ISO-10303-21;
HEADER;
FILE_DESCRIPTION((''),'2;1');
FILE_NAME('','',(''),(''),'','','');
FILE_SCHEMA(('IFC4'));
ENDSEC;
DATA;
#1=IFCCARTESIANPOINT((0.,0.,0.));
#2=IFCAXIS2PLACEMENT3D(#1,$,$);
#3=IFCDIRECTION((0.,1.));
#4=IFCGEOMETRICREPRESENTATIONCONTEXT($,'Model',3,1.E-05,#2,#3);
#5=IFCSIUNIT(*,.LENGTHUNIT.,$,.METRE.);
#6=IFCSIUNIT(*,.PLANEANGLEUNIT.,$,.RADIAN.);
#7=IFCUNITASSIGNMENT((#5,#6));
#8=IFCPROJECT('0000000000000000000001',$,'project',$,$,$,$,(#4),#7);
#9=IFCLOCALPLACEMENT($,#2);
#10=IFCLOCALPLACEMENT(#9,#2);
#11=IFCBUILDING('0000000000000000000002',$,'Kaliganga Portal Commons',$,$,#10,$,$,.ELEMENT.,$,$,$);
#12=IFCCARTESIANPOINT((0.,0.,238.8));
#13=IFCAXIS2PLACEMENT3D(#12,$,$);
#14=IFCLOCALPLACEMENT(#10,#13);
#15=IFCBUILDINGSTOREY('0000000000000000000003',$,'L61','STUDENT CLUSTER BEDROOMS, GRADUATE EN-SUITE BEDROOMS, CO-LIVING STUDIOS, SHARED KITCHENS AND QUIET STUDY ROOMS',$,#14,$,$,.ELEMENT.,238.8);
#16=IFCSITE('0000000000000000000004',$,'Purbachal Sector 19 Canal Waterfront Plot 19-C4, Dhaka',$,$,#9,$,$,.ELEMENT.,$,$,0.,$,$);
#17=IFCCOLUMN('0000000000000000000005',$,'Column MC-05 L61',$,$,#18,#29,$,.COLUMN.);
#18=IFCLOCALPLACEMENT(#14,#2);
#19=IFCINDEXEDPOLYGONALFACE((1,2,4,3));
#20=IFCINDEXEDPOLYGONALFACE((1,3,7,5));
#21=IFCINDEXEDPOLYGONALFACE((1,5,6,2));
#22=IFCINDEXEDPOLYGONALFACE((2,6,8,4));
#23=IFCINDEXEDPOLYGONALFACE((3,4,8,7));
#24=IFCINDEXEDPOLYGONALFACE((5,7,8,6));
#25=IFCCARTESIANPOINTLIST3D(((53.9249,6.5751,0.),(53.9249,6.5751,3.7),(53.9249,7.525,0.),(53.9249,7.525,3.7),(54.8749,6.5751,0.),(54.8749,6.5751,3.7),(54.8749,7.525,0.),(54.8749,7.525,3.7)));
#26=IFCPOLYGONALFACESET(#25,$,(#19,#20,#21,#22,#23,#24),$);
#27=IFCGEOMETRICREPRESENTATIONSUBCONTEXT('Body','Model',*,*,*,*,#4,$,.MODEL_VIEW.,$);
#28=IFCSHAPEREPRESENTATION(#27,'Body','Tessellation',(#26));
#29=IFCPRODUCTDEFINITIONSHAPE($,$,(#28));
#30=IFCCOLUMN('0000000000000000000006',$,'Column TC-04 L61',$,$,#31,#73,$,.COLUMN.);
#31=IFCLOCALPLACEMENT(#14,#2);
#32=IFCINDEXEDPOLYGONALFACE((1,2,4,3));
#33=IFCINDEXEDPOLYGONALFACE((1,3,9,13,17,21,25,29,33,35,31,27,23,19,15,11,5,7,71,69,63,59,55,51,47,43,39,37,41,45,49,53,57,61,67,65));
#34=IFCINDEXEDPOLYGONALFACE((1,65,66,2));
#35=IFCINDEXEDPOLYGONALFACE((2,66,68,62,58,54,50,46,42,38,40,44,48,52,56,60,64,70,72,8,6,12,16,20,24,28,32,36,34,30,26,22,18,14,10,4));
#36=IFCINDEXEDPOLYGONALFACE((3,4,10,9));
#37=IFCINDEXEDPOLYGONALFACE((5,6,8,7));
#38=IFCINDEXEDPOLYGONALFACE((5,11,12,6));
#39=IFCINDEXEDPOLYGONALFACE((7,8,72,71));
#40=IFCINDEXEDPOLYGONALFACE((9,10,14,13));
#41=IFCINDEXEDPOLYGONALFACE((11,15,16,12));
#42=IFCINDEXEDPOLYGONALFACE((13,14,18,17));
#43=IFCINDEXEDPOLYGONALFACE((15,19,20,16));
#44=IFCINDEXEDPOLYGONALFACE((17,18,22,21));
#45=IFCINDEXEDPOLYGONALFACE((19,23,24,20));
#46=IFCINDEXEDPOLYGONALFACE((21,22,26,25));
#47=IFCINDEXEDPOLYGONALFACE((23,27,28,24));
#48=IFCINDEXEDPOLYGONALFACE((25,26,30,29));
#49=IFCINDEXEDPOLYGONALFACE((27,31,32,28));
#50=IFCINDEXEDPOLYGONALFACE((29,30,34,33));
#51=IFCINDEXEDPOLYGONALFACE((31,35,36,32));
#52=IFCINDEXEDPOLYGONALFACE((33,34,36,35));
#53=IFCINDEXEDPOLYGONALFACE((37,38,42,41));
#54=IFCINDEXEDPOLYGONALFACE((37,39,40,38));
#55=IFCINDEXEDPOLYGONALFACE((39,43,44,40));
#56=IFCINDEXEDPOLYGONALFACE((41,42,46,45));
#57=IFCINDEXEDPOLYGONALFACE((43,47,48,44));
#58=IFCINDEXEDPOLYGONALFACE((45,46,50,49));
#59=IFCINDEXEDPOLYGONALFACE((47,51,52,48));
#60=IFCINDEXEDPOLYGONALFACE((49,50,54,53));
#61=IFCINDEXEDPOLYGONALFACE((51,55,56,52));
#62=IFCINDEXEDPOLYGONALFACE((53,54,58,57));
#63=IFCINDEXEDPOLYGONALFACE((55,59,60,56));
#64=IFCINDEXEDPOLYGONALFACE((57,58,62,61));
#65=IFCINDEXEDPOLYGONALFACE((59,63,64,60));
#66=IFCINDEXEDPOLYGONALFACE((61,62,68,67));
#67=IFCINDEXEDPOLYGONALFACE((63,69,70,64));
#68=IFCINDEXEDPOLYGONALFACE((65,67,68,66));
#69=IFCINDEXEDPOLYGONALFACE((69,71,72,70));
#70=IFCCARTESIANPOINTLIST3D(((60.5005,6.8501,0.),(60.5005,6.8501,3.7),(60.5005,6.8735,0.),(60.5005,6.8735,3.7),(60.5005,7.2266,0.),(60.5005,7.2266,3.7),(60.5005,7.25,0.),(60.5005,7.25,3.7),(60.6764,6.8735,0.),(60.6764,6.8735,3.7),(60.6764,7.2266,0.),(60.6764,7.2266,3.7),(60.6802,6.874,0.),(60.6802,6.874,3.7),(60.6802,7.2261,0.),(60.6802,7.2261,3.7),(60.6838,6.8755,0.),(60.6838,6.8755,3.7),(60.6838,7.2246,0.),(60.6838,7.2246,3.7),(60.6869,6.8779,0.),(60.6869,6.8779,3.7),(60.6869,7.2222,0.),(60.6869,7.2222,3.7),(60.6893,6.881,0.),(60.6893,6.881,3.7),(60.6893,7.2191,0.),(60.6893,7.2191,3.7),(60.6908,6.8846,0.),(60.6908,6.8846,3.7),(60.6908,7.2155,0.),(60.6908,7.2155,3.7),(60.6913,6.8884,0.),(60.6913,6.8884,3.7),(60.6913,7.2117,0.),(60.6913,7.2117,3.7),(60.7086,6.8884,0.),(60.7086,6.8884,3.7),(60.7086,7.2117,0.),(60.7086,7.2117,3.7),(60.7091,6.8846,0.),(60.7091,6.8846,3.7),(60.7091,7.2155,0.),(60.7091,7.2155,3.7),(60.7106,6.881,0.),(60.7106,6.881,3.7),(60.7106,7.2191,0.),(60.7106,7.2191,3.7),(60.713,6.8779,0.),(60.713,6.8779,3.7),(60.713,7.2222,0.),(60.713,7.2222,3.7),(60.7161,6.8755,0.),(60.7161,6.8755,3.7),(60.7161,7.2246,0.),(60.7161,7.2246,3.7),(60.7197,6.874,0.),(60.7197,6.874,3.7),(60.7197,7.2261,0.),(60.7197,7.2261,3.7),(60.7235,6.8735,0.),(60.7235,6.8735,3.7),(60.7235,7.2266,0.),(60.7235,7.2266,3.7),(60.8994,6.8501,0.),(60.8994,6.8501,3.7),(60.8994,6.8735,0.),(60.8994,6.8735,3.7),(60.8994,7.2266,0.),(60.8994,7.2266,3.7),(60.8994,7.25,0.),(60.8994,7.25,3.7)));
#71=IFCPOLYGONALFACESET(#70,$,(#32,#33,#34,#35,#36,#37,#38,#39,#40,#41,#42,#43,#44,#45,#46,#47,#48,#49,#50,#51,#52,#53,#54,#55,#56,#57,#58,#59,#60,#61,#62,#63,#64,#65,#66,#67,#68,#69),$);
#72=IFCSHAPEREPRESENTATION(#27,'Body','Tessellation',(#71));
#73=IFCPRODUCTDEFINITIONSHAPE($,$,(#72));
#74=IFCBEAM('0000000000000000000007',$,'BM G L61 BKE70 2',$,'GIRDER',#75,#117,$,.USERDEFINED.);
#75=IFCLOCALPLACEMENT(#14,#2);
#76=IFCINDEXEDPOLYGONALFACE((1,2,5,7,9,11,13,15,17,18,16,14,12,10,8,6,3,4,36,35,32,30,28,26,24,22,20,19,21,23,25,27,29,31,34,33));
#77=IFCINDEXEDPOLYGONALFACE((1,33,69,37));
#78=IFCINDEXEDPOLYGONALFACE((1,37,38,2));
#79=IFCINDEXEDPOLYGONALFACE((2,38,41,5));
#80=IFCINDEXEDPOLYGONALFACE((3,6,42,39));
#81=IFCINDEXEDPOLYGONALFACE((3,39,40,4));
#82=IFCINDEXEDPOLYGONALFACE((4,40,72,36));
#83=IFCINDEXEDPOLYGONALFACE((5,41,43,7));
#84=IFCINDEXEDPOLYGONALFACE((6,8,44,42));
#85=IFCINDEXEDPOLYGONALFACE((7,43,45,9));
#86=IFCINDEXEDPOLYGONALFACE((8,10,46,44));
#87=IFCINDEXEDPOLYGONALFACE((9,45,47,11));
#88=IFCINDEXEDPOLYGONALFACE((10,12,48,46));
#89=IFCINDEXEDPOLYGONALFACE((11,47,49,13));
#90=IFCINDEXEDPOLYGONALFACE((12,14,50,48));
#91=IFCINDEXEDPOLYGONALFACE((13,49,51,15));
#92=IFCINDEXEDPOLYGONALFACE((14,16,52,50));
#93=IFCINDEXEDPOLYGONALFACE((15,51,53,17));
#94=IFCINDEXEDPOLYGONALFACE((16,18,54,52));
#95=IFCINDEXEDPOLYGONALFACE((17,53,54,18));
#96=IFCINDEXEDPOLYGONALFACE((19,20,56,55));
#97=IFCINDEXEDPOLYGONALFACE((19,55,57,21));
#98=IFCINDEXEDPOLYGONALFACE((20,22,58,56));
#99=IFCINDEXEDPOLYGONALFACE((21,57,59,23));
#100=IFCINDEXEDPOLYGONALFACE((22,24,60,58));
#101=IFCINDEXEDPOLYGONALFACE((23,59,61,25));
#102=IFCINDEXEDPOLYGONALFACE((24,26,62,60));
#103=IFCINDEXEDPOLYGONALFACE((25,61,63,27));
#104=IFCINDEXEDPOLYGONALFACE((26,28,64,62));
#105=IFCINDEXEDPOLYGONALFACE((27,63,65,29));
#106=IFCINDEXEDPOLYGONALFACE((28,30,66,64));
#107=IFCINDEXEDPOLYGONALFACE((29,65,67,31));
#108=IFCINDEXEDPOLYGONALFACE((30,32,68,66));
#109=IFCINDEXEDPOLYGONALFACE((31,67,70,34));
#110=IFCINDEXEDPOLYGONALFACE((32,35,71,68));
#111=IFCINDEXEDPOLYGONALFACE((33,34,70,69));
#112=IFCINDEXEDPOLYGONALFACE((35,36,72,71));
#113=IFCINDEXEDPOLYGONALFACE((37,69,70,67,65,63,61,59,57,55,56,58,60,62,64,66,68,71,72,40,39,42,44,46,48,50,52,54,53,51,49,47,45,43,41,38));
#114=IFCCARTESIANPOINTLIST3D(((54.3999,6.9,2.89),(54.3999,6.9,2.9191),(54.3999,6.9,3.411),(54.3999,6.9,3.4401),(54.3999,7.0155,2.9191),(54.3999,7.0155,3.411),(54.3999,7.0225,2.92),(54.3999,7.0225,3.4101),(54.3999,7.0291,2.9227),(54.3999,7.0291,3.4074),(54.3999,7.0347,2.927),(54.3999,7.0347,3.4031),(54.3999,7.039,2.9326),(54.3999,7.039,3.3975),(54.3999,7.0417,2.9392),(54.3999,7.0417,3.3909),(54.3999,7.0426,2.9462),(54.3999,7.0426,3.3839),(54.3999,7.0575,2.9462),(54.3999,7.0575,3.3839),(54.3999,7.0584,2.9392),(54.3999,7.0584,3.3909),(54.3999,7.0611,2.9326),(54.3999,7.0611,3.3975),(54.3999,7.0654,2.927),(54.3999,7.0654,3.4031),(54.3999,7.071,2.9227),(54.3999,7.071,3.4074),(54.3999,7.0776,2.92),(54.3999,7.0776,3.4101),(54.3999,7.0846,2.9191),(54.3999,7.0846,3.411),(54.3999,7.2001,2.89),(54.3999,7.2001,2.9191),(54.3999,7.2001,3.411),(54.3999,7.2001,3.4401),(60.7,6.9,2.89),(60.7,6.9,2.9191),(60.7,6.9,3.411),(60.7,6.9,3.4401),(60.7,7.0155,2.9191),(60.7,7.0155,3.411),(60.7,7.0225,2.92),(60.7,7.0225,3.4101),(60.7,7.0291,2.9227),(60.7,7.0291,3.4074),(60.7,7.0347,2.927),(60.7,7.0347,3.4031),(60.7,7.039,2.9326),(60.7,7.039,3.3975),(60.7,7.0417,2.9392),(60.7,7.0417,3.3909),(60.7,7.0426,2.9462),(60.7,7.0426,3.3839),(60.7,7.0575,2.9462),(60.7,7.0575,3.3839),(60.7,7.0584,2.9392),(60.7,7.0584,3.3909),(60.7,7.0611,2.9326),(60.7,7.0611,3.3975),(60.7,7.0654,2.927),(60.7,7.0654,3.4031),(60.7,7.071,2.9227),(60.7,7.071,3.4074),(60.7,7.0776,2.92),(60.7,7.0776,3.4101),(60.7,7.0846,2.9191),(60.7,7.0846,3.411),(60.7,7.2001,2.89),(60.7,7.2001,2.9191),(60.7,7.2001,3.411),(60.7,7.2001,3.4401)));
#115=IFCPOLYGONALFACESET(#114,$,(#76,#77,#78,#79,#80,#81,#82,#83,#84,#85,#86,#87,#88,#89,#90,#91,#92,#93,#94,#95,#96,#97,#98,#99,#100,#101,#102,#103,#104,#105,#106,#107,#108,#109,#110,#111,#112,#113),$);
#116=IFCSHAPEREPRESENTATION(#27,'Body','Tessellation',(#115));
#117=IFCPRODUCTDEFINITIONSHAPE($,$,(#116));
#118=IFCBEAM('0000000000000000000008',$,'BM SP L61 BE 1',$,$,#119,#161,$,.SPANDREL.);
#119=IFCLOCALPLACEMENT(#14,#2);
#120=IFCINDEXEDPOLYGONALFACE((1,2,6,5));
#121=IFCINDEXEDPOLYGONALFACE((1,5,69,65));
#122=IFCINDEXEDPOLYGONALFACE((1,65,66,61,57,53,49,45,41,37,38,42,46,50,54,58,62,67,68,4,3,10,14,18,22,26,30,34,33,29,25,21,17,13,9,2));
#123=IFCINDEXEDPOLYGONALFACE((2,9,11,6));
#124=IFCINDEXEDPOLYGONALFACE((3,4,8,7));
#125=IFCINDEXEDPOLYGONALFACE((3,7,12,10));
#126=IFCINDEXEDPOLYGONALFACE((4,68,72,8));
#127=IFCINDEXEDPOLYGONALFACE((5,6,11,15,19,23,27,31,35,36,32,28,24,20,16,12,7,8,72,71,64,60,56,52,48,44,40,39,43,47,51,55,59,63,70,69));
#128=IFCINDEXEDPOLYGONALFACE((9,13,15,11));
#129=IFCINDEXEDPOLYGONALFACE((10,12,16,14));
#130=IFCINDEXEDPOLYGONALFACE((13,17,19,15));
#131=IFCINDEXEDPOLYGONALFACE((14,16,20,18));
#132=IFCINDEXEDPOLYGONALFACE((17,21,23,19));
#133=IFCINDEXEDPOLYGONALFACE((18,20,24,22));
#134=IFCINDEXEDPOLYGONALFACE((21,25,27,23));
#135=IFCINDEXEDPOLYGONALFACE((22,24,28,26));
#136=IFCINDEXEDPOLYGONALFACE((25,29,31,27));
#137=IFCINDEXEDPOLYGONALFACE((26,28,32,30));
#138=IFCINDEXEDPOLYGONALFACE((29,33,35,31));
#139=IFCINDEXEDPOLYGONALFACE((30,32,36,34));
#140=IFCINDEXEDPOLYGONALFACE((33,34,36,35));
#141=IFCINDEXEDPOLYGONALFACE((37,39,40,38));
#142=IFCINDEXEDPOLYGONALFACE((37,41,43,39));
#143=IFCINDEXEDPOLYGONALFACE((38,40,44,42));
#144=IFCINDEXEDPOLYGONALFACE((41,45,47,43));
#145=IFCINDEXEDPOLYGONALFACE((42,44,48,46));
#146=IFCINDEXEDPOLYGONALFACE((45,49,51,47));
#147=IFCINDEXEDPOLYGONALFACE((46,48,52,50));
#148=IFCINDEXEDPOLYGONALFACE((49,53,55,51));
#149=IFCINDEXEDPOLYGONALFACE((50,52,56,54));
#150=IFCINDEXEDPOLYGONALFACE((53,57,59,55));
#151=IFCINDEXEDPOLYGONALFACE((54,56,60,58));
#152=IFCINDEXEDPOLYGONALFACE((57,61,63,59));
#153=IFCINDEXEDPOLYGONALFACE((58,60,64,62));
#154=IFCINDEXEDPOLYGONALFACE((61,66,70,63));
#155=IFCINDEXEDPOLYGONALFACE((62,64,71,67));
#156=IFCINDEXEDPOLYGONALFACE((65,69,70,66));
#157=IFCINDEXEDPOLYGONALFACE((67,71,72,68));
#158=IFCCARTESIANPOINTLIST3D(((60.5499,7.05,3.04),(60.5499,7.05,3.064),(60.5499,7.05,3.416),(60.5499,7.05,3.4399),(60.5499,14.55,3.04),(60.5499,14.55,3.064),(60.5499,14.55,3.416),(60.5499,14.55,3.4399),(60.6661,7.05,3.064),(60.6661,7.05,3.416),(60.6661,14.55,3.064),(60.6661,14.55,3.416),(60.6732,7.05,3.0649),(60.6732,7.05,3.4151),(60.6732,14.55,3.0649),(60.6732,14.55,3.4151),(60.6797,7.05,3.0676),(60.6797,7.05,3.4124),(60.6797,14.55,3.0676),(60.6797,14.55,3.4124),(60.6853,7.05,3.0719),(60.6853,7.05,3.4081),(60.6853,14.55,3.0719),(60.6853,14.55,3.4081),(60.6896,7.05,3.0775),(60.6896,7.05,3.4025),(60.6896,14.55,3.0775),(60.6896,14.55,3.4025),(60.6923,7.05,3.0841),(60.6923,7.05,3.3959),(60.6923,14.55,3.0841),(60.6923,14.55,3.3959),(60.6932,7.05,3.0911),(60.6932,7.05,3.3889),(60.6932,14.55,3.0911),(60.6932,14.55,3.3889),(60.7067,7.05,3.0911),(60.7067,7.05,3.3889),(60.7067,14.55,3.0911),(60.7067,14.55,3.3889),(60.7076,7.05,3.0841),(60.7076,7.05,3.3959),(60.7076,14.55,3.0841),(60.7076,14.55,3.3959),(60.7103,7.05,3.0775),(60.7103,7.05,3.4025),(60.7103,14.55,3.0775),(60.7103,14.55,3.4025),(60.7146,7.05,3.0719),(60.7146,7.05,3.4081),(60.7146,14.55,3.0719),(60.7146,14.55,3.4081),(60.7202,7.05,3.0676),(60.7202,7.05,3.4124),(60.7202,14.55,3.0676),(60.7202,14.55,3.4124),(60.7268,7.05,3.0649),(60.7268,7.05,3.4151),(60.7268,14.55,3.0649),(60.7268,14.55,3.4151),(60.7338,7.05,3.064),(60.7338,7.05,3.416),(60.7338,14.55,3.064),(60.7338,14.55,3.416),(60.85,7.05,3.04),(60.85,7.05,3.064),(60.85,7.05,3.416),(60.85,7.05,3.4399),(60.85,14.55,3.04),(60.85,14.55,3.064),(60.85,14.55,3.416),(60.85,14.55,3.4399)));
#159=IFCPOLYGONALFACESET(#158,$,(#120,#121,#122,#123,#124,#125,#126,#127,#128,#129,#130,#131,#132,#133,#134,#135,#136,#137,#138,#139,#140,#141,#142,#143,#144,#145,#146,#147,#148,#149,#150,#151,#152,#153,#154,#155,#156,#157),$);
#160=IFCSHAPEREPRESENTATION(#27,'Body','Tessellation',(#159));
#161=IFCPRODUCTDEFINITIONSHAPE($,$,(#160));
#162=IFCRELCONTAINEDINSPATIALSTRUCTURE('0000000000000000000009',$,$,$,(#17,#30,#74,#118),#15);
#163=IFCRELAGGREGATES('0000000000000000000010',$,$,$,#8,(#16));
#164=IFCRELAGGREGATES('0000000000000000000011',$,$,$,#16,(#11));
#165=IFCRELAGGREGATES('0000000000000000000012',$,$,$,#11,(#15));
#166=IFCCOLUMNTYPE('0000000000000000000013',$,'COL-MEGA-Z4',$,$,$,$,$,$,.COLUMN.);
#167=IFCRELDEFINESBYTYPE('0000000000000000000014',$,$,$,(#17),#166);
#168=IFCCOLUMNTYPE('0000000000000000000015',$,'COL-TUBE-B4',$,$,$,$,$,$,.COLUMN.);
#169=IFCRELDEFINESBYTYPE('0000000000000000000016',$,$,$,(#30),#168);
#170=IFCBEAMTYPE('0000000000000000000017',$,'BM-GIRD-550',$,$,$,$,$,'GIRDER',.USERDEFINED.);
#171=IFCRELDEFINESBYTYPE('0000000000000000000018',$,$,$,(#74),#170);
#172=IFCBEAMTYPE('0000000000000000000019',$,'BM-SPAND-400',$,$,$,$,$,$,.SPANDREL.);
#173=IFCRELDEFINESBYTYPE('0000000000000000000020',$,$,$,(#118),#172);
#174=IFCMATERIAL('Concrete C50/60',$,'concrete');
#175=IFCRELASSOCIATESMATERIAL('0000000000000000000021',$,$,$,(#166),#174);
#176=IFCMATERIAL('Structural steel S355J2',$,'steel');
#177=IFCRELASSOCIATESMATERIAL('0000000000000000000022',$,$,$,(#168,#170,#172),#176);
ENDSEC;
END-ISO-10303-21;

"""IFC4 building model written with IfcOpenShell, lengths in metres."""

from ifc_helpers import new_model, si_unit, direction, frame, origin, origin_2d, place, context, subcontext, project, spatial, rectangle, i_section, extrude, source, transform, mapped, material, material_profile, profile_set, type_object, element, save


model = new_model("IFC4")

# Units and contexts
model_context = context("Model", 3, precision=1e-05, world=origin(), true_north=direction((0.0, 1.0)))
body_context = subcontext(model_context, "Body", "Model", "MODEL_VIEW")
ifc_project = project(units=[si_unit("LENGTHUNIT", "METRE"), si_unit("PLANEANGLEUNIT", "RADIAN")], contexts=[model_context])

# Site, building, storey
site_placement = place(None, origin())
site = spatial("IfcSite", under=ifc_project, at=site_placement, Name="Purbachal Sector 19 Canal Waterfront Plot 19-C4, Dhaka", CompositionType="ELEMENT", RefElevation=0.0)
building_placement = place(site_placement, origin())
building = spatial("IfcBuilding", under=site, at=building_placement, Name="Kaliganga Portal Commons", CompositionType="ELEMENT")
storey_placement = place(building_placement, frame((0.0, 0.0, 238.8)))
storey = spatial("IfcBuildingStorey", under=building, at=storey_placement, Name="L61", Description="STUDENT CLUSTER BEDROOMS, GRADUATE EN-SUITE BEDROOMS, CO-LIVING STUDIOS, SHARED KITCHENS AND QUIET STUDY ROOMS", CompositionType="ELEMENT", Elevation=238.8)

# Columns
ifc_material_1 = material(Name="Concrete C50/60", Category="concrete")
ifc_material_profile_1 = material_profile(ifc_material_1, rectangle(XDim=0.95, YDim=0.95, at=origin_2d()), Name="RC 950x950")
ifc_profile_set_1 = profile_set([ifc_material_profile_1], Name="Concrete C50/60")
column_type_1 = type_object("IfcColumnType", Name="COL-MEGA-Z4", PredefinedType="COLUMN", material=ifc_profile_set_1)
shared_shape_1 = source(origin(), body_context, "Body", "SweptSolid", [
    extrude(rectangle(XDim=0.95, YDim=0.95, at=origin_2d()), origin(), (0.0, 0.0, 1.0), 3.7),
])
column_1_placement = place(storey_placement, frame((54.3999, 7.05, 0.0), z_axis=(0.0, 0.0, 1.0), x_axis=(1.0, 0.0, 0.0)))
element("IfcColumn", 1, at=column_1_placement, inside=storey, type_object=column_type_1, Name="Column MC-05 L61", PredefinedType="COLUMN", context=body_context, shape_type="MappedRepresentation", body=[
    mapped(shared_shape_1, transform((0.0, 0.0, 0.0), x_axis=(1.0, 0.0, 0.0), y_axis=(0.0, 1.0, 0.0), z_axis=(0.0, 0.0, 1.0), scale=1.0)),
])
ifc_material_2 = material(Name="Structural steel S355J2", Category="steel")
ifc_material_profile_2 = material_profile(ifc_material_2, i_section(OverallWidth=0.3989, OverallDepth=0.3999, WebThickness=0.0173, FlangeThickness=0.0234, FilletRadius=0.0149, at=origin_2d()), Name="HD 400x287")
ifc_profile_set_2 = profile_set([ifc_material_profile_2], Name="Structural steel S355J2 wide-flange")
column_type_2 = type_object("IfcColumnType", Name="COL-TUBE-B4", PredefinedType="COLUMN", material=ifc_profile_set_2)
shared_shape_2 = source(origin(), body_context, "Body", "SweptSolid", [
    extrude(i_section(OverallWidth=0.3989, OverallDepth=0.3999, WebThickness=0.0173, FlangeThickness=0.0234, FilletRadius=0.0149, at=origin_2d()), origin(), (0.0, 0.0, 1.0), 3.7),
])
column_2_placement = place(storey_placement, frame((60.7, 7.05, 0.0), z_axis=(0.0, 0.0, 1.0), x_axis=(1.0, 0.0, 0.0)))
element("IfcColumn", 2, at=column_2_placement, inside=storey, type_object=column_type_2, Name="Column TC-04 L61", PredefinedType="COLUMN", context=body_context, shape_type="MappedRepresentation", body=[
    mapped(shared_shape_2, transform((0.0, 0.0, 0.0), x_axis=(1.0, 0.0, 0.0), y_axis=(0.0, 1.0, 0.0), z_axis=(0.0, 0.0, 1.0), scale=1.0)),
])

# Beams
ifc_material_profile_3 = material_profile(ifc_material_2, i_section(OverallWidth=0.3, OverallDepth=0.55, WebThickness=0.0149, FlangeThickness=0.0291, FilletRadius=0.0271, at=origin_2d()), Name="HE 550 B")
ifc_profile_set_3 = profile_set([ifc_material_profile_3], Name="Structural steel S355J2 wide-flange")
beam_type_1 = type_object("IfcBeamType", Name="BM-GIRD-550", ElementType="GIRDER", PredefinedType="USERDEFINED", material=ifc_profile_set_3)
shared_shape_3 = source(origin(), body_context, "Body", "SweptSolid", [
    extrude(i_section(OverallWidth=0.3, OverallDepth=0.55, WebThickness=0.0149, FlangeThickness=0.0291, FilletRadius=0.0271, at=origin_2d()), origin(), (0.0, 0.0, 1.0), 6.3),
])
beam_1_placement = place(storey_placement, frame((54.3999, 7.05, 3.165), z_axis=(1.0, 0.0, 0.0), x_axis=(0.0, 1.0, 0.0)))
element("IfcBeam", 3, at=beam_1_placement, inside=storey, type_object=beam_type_1, Name="BM G L61 BKE70 2", ObjectType="GIRDER", PredefinedType="USERDEFINED", context=body_context, shape_type="MappedRepresentation", body=[
    mapped(shared_shape_3, transform((0.0, 0.0, 0.0), x_axis=(1.0, 0.0, 0.0), y_axis=(0.0, 1.0, 0.0), z_axis=(0.0, 0.0, 1.0), scale=1.0)),
])
ifc_material_profile_4 = material_profile(ifc_material_2, i_section(OverallWidth=0.3, OverallDepth=0.3999, WebThickness=0.0134, FlangeThickness=0.0239, FilletRadius=0.0271, at=origin_2d()), Name="HE 400 B")
ifc_profile_set_4 = profile_set([ifc_material_profile_4], Name="Structural steel S355J2 wide-flange")
beam_type_2 = type_object("IfcBeamType", Name="BM-SPAND-400", PredefinedType="SPANDREL", material=ifc_profile_set_4)
shared_shape_4 = source(origin(), body_context, "Body", "SweptSolid", [
    extrude(i_section(OverallWidth=0.3, OverallDepth=0.3999, WebThickness=0.0134, FlangeThickness=0.0239, FilletRadius=0.0271, at=origin_2d()), origin(), (0.0, 0.0, 1.0), 7.5),
])
beam_2_placement = place(storey_placement, frame((60.7, 7.05, 3.24), z_axis=(0.0, 1.0, 0.0), x_axis=(-1.0, 0.0, 0.0)))
element("IfcBeam", 4, at=beam_2_placement, inside=storey, type_object=beam_type_2, Name="BM SP L61 BE 1", PredefinedType="SPANDREL", context=body_context, shape_type="MappedRepresentation", body=[
    mapped(shared_shape_4, transform((0.0, 0.0, 0.0), x_axis=(1.0, 0.0, 0.0), y_axis=(0.0, 1.0, 0.0), z_axis=(0.0, 0.0, 1.0), scale=1.0)),
])

save(model, "model.ifc")
